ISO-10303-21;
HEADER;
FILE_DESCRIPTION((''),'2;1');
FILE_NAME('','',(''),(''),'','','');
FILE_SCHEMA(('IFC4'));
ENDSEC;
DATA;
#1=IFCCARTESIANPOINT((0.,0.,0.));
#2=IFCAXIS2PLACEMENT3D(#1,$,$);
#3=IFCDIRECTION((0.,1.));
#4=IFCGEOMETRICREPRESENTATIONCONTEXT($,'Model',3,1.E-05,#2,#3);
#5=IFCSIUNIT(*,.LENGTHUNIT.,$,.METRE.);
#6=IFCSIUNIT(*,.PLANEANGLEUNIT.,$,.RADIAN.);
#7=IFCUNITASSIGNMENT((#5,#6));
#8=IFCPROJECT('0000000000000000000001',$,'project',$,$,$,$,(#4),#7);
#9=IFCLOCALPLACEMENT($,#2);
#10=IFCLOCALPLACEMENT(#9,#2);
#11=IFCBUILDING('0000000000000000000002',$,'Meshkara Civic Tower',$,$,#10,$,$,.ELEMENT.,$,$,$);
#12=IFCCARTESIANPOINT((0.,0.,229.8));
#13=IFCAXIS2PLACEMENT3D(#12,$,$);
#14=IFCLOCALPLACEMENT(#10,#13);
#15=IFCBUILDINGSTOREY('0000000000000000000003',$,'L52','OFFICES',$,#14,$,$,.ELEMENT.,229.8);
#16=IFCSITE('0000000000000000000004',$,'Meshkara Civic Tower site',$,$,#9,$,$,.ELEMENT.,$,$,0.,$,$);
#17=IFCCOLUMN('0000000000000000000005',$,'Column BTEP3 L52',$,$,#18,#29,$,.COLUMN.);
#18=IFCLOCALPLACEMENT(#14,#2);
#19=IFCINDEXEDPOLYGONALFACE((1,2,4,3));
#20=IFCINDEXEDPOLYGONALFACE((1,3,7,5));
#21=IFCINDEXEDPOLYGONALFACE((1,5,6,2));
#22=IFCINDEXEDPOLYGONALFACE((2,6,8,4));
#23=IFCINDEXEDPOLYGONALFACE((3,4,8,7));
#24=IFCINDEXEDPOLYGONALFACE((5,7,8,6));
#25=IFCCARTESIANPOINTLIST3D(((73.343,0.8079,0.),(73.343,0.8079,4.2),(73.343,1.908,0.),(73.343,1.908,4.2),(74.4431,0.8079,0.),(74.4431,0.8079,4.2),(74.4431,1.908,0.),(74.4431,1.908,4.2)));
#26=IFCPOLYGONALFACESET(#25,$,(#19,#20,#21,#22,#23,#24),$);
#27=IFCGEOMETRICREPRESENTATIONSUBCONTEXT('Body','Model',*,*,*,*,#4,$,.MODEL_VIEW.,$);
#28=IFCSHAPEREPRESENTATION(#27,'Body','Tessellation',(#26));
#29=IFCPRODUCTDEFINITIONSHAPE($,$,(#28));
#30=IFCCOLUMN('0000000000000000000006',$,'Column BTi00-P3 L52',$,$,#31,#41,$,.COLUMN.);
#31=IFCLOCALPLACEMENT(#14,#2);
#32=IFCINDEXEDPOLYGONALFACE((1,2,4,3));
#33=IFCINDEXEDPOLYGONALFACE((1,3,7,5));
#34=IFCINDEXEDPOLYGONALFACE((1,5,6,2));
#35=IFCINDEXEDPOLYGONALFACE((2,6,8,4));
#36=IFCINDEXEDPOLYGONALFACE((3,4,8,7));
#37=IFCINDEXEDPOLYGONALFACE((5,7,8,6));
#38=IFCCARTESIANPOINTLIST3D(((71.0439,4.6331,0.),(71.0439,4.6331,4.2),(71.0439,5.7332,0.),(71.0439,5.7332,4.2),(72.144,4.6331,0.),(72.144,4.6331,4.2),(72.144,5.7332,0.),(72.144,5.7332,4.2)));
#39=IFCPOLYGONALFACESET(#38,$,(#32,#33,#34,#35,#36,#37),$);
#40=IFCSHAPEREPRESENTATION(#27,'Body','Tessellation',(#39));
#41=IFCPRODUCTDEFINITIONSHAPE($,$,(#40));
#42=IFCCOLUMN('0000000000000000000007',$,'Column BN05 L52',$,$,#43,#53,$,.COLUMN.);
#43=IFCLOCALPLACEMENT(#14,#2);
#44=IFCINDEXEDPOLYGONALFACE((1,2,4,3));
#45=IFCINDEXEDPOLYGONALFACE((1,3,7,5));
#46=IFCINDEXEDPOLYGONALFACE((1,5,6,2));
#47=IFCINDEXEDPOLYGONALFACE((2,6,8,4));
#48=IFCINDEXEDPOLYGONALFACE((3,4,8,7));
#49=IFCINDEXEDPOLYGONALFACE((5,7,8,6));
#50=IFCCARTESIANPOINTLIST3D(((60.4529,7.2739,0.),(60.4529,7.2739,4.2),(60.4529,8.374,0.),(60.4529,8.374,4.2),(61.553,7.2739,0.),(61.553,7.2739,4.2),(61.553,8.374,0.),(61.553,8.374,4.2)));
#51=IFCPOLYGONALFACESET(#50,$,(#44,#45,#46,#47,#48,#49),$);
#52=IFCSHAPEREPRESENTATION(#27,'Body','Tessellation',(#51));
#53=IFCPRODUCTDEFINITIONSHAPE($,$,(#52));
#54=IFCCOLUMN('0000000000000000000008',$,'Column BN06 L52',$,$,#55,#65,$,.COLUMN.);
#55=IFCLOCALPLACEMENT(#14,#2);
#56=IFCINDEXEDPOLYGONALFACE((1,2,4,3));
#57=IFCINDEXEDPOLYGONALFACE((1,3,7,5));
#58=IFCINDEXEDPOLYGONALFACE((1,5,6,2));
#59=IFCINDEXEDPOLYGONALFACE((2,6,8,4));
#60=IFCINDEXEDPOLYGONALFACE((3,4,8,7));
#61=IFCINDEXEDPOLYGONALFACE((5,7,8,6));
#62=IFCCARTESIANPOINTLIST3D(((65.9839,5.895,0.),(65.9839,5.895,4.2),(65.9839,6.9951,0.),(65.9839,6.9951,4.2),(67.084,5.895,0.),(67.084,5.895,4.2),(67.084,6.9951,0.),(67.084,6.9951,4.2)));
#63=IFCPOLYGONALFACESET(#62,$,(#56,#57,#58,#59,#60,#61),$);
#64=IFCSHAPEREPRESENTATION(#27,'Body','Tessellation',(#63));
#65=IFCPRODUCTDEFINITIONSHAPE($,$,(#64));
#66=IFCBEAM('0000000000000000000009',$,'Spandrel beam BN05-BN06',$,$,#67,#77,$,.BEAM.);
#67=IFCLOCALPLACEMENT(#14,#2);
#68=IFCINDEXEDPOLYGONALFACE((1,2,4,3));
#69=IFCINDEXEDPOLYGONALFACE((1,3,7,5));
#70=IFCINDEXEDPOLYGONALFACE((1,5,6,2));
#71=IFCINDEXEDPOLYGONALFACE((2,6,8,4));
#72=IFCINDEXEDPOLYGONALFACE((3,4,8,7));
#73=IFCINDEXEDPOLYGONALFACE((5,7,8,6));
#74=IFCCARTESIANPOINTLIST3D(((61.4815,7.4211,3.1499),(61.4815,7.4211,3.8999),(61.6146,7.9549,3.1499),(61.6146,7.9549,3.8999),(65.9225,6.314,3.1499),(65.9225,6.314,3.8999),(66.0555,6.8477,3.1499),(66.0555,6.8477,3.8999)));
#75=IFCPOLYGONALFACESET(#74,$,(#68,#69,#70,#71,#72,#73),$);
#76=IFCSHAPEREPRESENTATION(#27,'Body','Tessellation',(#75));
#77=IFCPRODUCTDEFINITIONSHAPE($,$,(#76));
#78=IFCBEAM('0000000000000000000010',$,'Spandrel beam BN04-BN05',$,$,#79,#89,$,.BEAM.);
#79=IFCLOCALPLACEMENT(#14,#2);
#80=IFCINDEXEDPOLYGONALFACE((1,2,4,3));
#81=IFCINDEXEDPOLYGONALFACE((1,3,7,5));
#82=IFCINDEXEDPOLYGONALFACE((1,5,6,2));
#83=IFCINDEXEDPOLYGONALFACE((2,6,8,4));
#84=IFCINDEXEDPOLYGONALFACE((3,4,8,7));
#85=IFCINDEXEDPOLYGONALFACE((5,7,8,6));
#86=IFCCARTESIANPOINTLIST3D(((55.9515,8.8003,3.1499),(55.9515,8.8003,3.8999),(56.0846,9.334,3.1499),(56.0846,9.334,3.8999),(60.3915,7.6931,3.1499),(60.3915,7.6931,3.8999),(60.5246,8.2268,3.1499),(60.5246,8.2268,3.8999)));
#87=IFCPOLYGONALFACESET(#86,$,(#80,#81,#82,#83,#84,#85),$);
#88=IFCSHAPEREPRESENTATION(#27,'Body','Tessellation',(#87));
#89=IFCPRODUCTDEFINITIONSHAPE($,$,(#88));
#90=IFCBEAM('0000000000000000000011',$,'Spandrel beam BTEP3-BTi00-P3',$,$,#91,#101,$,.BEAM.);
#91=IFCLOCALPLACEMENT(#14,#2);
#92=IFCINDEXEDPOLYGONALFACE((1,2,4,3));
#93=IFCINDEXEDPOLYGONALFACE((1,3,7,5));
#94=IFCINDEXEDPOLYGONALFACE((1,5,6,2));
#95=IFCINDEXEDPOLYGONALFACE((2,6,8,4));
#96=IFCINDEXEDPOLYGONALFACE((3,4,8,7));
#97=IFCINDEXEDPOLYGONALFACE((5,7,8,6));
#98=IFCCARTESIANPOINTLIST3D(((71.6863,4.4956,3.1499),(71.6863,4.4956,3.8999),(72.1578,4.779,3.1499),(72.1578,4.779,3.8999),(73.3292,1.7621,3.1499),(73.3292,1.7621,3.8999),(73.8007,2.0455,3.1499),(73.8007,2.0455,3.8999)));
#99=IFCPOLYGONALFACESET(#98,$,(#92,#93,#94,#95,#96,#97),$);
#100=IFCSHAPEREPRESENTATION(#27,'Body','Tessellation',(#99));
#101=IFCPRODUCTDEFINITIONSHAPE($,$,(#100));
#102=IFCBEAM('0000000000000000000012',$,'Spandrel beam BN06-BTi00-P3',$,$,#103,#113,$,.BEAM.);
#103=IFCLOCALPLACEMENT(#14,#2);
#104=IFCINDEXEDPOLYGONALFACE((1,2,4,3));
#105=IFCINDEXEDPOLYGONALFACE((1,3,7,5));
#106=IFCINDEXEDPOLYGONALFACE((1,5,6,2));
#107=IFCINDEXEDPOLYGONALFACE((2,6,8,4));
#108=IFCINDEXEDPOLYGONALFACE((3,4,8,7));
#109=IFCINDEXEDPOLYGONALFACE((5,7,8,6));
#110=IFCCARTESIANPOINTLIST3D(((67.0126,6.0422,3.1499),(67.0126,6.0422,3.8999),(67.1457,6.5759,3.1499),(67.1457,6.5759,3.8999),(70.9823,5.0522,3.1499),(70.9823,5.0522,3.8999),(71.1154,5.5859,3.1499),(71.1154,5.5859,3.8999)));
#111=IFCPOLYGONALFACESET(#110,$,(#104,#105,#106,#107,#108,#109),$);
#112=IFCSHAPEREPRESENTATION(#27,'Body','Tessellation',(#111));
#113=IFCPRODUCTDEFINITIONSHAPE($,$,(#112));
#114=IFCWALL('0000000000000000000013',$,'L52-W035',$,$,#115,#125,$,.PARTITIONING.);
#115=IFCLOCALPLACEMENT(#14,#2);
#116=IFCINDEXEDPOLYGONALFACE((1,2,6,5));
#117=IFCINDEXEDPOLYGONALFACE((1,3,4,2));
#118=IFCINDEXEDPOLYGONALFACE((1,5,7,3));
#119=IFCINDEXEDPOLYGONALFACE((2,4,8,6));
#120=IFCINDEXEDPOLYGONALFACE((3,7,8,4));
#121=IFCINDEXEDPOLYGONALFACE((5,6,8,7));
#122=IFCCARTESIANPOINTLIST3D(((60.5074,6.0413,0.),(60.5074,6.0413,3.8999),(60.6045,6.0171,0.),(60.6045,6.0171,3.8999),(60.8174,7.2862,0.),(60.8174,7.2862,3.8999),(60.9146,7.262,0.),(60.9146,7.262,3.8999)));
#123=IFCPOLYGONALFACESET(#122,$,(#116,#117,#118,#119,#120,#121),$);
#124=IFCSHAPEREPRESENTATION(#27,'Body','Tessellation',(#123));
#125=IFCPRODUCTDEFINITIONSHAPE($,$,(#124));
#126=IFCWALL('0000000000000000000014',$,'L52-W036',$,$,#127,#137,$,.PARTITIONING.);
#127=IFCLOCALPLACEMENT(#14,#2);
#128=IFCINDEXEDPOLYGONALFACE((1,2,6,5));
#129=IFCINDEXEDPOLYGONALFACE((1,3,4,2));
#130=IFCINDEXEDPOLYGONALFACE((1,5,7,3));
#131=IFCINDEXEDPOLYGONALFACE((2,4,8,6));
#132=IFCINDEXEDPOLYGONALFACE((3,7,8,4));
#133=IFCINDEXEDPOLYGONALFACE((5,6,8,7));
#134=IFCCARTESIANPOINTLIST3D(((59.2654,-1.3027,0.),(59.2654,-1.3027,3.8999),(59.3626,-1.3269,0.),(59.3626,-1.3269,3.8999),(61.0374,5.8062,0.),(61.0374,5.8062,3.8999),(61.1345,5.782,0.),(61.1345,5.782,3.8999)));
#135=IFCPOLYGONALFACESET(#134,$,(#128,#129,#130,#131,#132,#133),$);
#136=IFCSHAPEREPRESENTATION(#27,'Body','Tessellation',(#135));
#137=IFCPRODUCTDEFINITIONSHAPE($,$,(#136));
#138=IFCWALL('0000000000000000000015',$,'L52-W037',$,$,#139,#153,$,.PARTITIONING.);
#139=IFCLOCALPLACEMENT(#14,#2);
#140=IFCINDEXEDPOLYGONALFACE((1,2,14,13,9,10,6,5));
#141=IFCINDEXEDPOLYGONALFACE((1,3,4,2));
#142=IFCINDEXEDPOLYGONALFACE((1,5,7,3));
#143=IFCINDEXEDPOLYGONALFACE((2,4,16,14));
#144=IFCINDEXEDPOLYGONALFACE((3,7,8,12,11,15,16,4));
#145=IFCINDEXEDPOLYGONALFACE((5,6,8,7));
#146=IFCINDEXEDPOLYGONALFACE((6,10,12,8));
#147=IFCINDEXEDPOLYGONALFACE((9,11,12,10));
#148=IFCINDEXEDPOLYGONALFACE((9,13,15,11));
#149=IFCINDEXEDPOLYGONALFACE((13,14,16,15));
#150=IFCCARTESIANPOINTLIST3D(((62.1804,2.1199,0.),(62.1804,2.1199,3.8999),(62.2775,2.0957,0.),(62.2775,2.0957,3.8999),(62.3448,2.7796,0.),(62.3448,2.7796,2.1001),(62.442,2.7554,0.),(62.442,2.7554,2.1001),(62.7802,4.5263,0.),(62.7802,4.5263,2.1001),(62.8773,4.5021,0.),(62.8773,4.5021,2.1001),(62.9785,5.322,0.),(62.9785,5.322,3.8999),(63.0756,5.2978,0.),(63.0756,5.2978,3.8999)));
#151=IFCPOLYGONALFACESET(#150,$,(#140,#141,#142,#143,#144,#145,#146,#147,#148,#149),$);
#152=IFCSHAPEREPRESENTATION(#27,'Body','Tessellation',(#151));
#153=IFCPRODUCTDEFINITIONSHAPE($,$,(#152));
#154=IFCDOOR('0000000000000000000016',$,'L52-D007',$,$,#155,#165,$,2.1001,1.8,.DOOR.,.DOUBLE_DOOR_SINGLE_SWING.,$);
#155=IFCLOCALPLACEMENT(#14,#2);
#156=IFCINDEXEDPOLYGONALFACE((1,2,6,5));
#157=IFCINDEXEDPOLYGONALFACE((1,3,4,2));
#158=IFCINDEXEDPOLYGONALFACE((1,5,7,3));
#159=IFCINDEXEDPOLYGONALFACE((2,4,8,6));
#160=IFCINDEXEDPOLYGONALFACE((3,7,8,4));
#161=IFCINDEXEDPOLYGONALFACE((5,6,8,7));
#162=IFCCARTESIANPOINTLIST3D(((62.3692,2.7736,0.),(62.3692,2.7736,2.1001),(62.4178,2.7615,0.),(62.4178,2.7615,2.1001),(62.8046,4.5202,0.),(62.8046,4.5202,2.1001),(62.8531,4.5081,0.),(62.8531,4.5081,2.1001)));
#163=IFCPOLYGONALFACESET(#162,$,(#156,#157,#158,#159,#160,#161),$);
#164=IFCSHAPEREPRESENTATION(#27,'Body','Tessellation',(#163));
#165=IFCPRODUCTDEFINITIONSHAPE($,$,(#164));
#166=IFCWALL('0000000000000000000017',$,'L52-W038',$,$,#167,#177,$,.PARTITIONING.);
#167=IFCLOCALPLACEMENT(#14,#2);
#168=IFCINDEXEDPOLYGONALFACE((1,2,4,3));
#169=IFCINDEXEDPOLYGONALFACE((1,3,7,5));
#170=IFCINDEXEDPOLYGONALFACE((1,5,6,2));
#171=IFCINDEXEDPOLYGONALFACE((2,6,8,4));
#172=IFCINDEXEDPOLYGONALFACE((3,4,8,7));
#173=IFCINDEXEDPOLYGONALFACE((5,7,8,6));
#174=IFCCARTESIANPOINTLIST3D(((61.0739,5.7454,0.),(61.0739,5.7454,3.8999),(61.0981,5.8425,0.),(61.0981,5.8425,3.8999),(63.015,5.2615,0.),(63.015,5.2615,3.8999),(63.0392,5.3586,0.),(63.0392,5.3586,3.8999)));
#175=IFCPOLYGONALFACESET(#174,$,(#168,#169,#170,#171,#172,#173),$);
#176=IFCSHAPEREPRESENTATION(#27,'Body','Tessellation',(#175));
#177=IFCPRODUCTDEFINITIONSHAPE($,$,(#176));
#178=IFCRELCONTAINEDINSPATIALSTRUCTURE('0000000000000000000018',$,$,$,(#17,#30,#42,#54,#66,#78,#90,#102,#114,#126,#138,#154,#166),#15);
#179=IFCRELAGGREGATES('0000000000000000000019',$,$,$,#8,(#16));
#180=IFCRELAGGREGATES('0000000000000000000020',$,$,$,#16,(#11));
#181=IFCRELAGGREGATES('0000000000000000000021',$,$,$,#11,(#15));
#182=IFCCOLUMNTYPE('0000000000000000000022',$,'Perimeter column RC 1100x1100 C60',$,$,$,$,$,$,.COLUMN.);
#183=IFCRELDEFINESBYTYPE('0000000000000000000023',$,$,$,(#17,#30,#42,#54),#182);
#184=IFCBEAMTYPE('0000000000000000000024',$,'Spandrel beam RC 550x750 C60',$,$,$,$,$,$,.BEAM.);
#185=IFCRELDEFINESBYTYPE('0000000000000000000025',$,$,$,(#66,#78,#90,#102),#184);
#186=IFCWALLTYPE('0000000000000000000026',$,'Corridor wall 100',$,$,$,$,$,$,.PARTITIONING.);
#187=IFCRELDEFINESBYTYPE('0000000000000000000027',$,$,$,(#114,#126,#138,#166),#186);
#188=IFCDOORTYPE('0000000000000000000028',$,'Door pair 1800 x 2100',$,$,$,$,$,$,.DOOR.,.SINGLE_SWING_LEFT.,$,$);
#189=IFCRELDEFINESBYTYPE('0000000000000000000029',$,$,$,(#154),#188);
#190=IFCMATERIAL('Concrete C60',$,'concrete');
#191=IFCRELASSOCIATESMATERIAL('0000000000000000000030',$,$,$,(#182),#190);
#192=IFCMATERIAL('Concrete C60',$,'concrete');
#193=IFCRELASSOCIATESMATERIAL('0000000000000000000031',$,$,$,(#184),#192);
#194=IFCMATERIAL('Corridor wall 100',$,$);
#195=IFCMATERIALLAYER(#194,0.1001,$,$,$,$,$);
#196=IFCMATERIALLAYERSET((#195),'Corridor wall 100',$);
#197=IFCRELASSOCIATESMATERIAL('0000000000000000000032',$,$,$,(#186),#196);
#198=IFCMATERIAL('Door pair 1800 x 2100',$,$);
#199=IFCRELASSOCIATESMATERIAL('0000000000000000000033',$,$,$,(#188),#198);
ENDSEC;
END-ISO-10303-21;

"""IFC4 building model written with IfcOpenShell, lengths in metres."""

from ifc_helpers import new_model, si_unit, direction, frame, frame_2d, origin, origin_2d, place, context, subcontext, project, spatial, rectangle, extrude, material, layer, layer_set, material_profile, profile_set, type_object, element, fill, save


model = new_model("IFC4")

# Units and contexts
model_context = context("Model", 3, precision=1e-05, world=origin(), true_north=direction((0.0, 1.0)))
body_context = subcontext(model_context, "Body", "Model", "MODEL_VIEW")
ifc_project = project(units=[si_unit("LENGTHUNIT", "METRE"), si_unit("PLANEANGLEUNIT", "RADIAN")], contexts=[model_context])

# Site, building, storey
site_placement = place(None, origin())
site = spatial("IfcSite", under=ifc_project, at=site_placement, Name="Meshkara Civic Tower site", CompositionType="ELEMENT", RefElevation=0.0)
building_placement = place(site_placement, origin())
building = spatial("IfcBuilding", under=site, at=building_placement, Name="Meshkara Civic Tower", CompositionType="ELEMENT")
storey_placement = place(building_placement, frame((0.0, 0.0, 229.8)))
storey = spatial("IfcBuildingStorey", under=building, at=storey_placement, Name="L52", Description="OFFICES", CompositionType="ELEMENT", Elevation=229.8)

# Columns
ifc_material_1 = material(Name="Concrete C60", Category="concrete")
ifc_material_profile_1 = material_profile(ifc_material_1, rectangle(XDim=1.1001, YDim=1.1001, at=origin_2d()))
ifc_profile_set_1 = profile_set([ifc_material_profile_1], Name="Concrete C60")
column_type = type_object("IfcColumnType", Name="Perimeter column RC 1100x1100 C60", PredefinedType="COLUMN", material=ifc_profile_set_1)
for number, where, z_axis, x_axis, name in (
    (1, (73.8931, 1.3579, 0.0), (0.0, 0.0, 1.0), (1.0, 0.0, 0.0), "Column BTEP3 L52"),
    (2, (71.594, 5.1831, 0.0), (0.0, 0.0, 1.0), (1.0, 0.0, 0.0), "Column BTi00-P3 L52"),
    (3, (61.0029, 7.824, 0.0), (0.0, 0.0, 1.0), (1.0, 0.0, 0.0), "Column BN05 L52"),
    (4, (66.5339, 6.4451, 0.0), (0.0, 0.0, 1.0), (1.0, 0.0, 0.0), "Column BN06 L52"),
):
    element("IfcColumn", number, at=place(storey_placement, frame(where, z_axis=z_axis, x_axis=x_axis)), inside=storey, type_object=column_type, Name=name, PredefinedType="COLUMN", context=body_context, shape_type="SweptSolid", body=[
        extrude(rectangle(XDim=1.1001, YDim=1.1001, at=origin_2d()), origin(), (0.0, 0.0, 1.0), 4.2),
    ])

# Beams
ifc_material_2 = material(Name="Concrete C60", Category="concrete")
ifc_material_profile_2 = material_profile(ifc_material_2, rectangle(XDim=0.55, YDim=0.75, at=origin_2d()))
ifc_profile_set_2 = profile_set([ifc_material_profile_2], Name="Concrete C60")
beam_type = type_object("IfcBeamType", Name="Spandrel beam RC 550x750 C60", PredefinedType="BEAM", material=ifc_profile_set_2)
beam_1_placement = place(storey_placement, frame((65.989, 6.5808, 3.5249), z_axis=(-0.970299, 0.241908, 0.0), x_axis=(-0.241908, -0.970299, 0.0)))
element("IfcBeam", 5, at=beam_1_placement, inside=storey, type_object=beam_type, Name="Spandrel beam BN05-BN06", PredefinedType="BEAM", context=body_context, shape_type="SweptSolid", body=[
    extrude(rectangle(XDim=0.55, YDim=0.75, at=origin_2d()), origin(), (0.0, 0.0, 1.0), 4.5769),
])
beam_2_placement = place(storey_placement, frame((60.458, 7.96, 3.5249), z_axis=(-0.970287, 0.241958, 0.0), x_axis=(-0.241958, -0.970287, 0.0)))
element("IfcBeam", 6, at=beam_2_placement, inside=storey, type_object=beam_type, Name="Spandrel beam BN04-BN05", PredefinedType="BEAM", context=body_context, shape_type="SweptSolid", body=[
    extrude(rectangle(XDim=0.55, YDim=0.75, at=origin_2d()), origin(), (0.0, 0.0, 1.0), 4.5759),
])
beam_3_placement = place(storey_placement, frame((73.5649, 1.9038, 3.5249), z_axis=(-0.515137, 0.857108, 0.0), x_axis=(-0.857108, -0.515137, 0.0)))
element("IfcBeam", 7, at=beam_3_placement, inside=storey, type_object=beam_type, Name="Spandrel beam BTEP3-BTi00-P3", PredefinedType="BEAM", context=body_context, shape_type="SweptSolid", body=[
    extrude(rectangle(XDim=0.55, YDim=0.75, at=origin_2d()), origin(), (0.0, 0.0, 1.0), 3.1892),
])
beam_4_placement = place(storey_placement, frame((71.0488, 5.3191, 3.5249), z_axis=(-0.970283, 0.241974, 0.0), x_axis=(-0.241974, -0.970283, 0.0)))
element("IfcBeam", 8, at=beam_4_placement, inside=storey, type_object=beam_type, Name="Spandrel beam BN06-BTi00-P3", PredefinedType="BEAM", context=body_context, shape_type="SweptSolid", body=[
    extrude(rectangle(XDim=0.55, YDim=0.75, at=origin_2d()), origin(), (0.0, 0.0, 1.0), 4.0913),
])

# Walls
ifc_material_3 = material(Name="Corridor wall 100")
ifc_layer_1 = layer(ifc_material_3, 0.1001)
ifc_layer_set_1 = layer_set([ifc_layer_1], Name="Corridor wall 100")
wall_type_1 = type_object("IfcWallType", Name="Corridor wall 100", PredefinedType="PARTITIONING", material=ifc_layer_set_1)
wall_1_placement = place(storey_placement, frame((60.5559, 6.0291, 0.0), z_axis=(0.0, 0.0, 1.0), x_axis=(0.241685, 0.970355, 0.0)))
element("IfcWall", 9, at=wall_1_placement, inside=storey, type_object=wall_type_1, Name="L52-W035", PredefinedType="PARTITIONING", context=body_context, shape_type="SweptSolid", body=[
    extrude(rectangle(XDim=1.283, YDim=0.1001, at=frame_2d((0.6416, 0.0))), origin(), (0.0, 0.0, 1.0), 3.8999),
])
wall_2_placement = place(storey_placement, frame((61.0859, 5.7939, 0.0), z_axis=(0.0, 0.0, 1.0), x_axis=(-0.241861, -0.970311, 0.0)))
element("IfcWall", 10, at=wall_2_placement, inside=storey, type_object=wall_type_1, Name="L52-W036", PredefinedType="PARTITIONING", context=body_context, shape_type="SweptSolid", body=[
    extrude(rectangle(XDim=7.3264, YDim=0.1001, at=frame_2d((3.6631, 0.0))), origin(), (0.0, 0.0, 1.0), 3.8999),
])

# Wall, opening, door
wall_3_placement = place(storey_placement, frame((62.229, 2.1079, 0.0), z_axis=(0.0, 0.0, 1.0), x_axis=(0.241839, 0.970316, 0.0)))
wall_3 = element("IfcWall", 11, at=wall_3_placement, inside=storey, type_object=wall_type_1, Name="L52-W037", PredefinedType="PARTITIONING", context=body_context, shape_type="SweptSolid", body=[
    extrude(rectangle(XDim=3.3, YDim=0.1001, at=frame_2d((1.6499, 0.0))), origin(), (0.0, 0.0, 1.0), 3.8999),
])
opening_1_placement = place(wall_3_placement, frame((0.6799, 0.0, 0.0)))
opening_1 = element("IfcOpeningElement", 12, at=opening_1_placement, cuts=wall_3, PredefinedType="OPENING", context=body_context, shape_type="SweptSolid", body=[
    extrude(rectangle(XDim=1.8, YDim=2.1001, at=frame_2d((0.8999, 1.05))), frame((0.0, 0.0601, 0.0), z_axis=(0.0, -1.0, 0.0), x_axis=(1.0, 0.0, 0.0)), (0.0, 0.0, 1.0), 0.1201),
])
ifc_material_4 = material(Name="Door pair 1800 x 2100")
door_type = type_object("IfcDoorType", Name="Door pair 1800 x 2100", OperationType="SINGLE_SWING_LEFT", PredefinedType="DOOR", material=ifc_material_4)
door_placement = place(opening_1_placement, origin())
door = element("IfcDoor", 13, at=door_placement, inside=storey, type_object=door_type, Name="L52-D007", OperationType="DOUBLE_DOOR_SINGLE_SWING", OverallHeight=2.1001, OverallWidth=1.8, PredefinedType="DOOR", context=body_context, shape_type="SweptSolid", body=[
    extrude(rectangle(XDim=1.8, YDim=2.1001, at=frame_2d((0.8999, 1.05))), frame((0.0, 0.0249, 0.0), z_axis=(0.0, -1.0, 0.0), x_axis=(1.0, 0.0, 0.0)), (0.0, 0.0, 1.0), 0.05),
])
fill(opening_1, door)

# Wall
wall_4_placement = place(storey_placement, frame((63.0271, 5.3101, 0.0), z_axis=(0.0, 0.0, 1.0), x_axis=(-0.970307, 0.241875, 0.0)))
element("IfcWall", 14, at=wall_4_placement, inside=storey, type_object=wall_type_1, Name="L52-W038", PredefinedType="PARTITIONING", context=body_context, shape_type="SweptSolid", body=[
    extrude(rectangle(XDim=2.0005, YDim=0.1001, at=frame_2d((1.0002, 0.0))), origin(), (0.0, 0.0, 1.0), 3.8999),
])

save(model, "model.ifc")
